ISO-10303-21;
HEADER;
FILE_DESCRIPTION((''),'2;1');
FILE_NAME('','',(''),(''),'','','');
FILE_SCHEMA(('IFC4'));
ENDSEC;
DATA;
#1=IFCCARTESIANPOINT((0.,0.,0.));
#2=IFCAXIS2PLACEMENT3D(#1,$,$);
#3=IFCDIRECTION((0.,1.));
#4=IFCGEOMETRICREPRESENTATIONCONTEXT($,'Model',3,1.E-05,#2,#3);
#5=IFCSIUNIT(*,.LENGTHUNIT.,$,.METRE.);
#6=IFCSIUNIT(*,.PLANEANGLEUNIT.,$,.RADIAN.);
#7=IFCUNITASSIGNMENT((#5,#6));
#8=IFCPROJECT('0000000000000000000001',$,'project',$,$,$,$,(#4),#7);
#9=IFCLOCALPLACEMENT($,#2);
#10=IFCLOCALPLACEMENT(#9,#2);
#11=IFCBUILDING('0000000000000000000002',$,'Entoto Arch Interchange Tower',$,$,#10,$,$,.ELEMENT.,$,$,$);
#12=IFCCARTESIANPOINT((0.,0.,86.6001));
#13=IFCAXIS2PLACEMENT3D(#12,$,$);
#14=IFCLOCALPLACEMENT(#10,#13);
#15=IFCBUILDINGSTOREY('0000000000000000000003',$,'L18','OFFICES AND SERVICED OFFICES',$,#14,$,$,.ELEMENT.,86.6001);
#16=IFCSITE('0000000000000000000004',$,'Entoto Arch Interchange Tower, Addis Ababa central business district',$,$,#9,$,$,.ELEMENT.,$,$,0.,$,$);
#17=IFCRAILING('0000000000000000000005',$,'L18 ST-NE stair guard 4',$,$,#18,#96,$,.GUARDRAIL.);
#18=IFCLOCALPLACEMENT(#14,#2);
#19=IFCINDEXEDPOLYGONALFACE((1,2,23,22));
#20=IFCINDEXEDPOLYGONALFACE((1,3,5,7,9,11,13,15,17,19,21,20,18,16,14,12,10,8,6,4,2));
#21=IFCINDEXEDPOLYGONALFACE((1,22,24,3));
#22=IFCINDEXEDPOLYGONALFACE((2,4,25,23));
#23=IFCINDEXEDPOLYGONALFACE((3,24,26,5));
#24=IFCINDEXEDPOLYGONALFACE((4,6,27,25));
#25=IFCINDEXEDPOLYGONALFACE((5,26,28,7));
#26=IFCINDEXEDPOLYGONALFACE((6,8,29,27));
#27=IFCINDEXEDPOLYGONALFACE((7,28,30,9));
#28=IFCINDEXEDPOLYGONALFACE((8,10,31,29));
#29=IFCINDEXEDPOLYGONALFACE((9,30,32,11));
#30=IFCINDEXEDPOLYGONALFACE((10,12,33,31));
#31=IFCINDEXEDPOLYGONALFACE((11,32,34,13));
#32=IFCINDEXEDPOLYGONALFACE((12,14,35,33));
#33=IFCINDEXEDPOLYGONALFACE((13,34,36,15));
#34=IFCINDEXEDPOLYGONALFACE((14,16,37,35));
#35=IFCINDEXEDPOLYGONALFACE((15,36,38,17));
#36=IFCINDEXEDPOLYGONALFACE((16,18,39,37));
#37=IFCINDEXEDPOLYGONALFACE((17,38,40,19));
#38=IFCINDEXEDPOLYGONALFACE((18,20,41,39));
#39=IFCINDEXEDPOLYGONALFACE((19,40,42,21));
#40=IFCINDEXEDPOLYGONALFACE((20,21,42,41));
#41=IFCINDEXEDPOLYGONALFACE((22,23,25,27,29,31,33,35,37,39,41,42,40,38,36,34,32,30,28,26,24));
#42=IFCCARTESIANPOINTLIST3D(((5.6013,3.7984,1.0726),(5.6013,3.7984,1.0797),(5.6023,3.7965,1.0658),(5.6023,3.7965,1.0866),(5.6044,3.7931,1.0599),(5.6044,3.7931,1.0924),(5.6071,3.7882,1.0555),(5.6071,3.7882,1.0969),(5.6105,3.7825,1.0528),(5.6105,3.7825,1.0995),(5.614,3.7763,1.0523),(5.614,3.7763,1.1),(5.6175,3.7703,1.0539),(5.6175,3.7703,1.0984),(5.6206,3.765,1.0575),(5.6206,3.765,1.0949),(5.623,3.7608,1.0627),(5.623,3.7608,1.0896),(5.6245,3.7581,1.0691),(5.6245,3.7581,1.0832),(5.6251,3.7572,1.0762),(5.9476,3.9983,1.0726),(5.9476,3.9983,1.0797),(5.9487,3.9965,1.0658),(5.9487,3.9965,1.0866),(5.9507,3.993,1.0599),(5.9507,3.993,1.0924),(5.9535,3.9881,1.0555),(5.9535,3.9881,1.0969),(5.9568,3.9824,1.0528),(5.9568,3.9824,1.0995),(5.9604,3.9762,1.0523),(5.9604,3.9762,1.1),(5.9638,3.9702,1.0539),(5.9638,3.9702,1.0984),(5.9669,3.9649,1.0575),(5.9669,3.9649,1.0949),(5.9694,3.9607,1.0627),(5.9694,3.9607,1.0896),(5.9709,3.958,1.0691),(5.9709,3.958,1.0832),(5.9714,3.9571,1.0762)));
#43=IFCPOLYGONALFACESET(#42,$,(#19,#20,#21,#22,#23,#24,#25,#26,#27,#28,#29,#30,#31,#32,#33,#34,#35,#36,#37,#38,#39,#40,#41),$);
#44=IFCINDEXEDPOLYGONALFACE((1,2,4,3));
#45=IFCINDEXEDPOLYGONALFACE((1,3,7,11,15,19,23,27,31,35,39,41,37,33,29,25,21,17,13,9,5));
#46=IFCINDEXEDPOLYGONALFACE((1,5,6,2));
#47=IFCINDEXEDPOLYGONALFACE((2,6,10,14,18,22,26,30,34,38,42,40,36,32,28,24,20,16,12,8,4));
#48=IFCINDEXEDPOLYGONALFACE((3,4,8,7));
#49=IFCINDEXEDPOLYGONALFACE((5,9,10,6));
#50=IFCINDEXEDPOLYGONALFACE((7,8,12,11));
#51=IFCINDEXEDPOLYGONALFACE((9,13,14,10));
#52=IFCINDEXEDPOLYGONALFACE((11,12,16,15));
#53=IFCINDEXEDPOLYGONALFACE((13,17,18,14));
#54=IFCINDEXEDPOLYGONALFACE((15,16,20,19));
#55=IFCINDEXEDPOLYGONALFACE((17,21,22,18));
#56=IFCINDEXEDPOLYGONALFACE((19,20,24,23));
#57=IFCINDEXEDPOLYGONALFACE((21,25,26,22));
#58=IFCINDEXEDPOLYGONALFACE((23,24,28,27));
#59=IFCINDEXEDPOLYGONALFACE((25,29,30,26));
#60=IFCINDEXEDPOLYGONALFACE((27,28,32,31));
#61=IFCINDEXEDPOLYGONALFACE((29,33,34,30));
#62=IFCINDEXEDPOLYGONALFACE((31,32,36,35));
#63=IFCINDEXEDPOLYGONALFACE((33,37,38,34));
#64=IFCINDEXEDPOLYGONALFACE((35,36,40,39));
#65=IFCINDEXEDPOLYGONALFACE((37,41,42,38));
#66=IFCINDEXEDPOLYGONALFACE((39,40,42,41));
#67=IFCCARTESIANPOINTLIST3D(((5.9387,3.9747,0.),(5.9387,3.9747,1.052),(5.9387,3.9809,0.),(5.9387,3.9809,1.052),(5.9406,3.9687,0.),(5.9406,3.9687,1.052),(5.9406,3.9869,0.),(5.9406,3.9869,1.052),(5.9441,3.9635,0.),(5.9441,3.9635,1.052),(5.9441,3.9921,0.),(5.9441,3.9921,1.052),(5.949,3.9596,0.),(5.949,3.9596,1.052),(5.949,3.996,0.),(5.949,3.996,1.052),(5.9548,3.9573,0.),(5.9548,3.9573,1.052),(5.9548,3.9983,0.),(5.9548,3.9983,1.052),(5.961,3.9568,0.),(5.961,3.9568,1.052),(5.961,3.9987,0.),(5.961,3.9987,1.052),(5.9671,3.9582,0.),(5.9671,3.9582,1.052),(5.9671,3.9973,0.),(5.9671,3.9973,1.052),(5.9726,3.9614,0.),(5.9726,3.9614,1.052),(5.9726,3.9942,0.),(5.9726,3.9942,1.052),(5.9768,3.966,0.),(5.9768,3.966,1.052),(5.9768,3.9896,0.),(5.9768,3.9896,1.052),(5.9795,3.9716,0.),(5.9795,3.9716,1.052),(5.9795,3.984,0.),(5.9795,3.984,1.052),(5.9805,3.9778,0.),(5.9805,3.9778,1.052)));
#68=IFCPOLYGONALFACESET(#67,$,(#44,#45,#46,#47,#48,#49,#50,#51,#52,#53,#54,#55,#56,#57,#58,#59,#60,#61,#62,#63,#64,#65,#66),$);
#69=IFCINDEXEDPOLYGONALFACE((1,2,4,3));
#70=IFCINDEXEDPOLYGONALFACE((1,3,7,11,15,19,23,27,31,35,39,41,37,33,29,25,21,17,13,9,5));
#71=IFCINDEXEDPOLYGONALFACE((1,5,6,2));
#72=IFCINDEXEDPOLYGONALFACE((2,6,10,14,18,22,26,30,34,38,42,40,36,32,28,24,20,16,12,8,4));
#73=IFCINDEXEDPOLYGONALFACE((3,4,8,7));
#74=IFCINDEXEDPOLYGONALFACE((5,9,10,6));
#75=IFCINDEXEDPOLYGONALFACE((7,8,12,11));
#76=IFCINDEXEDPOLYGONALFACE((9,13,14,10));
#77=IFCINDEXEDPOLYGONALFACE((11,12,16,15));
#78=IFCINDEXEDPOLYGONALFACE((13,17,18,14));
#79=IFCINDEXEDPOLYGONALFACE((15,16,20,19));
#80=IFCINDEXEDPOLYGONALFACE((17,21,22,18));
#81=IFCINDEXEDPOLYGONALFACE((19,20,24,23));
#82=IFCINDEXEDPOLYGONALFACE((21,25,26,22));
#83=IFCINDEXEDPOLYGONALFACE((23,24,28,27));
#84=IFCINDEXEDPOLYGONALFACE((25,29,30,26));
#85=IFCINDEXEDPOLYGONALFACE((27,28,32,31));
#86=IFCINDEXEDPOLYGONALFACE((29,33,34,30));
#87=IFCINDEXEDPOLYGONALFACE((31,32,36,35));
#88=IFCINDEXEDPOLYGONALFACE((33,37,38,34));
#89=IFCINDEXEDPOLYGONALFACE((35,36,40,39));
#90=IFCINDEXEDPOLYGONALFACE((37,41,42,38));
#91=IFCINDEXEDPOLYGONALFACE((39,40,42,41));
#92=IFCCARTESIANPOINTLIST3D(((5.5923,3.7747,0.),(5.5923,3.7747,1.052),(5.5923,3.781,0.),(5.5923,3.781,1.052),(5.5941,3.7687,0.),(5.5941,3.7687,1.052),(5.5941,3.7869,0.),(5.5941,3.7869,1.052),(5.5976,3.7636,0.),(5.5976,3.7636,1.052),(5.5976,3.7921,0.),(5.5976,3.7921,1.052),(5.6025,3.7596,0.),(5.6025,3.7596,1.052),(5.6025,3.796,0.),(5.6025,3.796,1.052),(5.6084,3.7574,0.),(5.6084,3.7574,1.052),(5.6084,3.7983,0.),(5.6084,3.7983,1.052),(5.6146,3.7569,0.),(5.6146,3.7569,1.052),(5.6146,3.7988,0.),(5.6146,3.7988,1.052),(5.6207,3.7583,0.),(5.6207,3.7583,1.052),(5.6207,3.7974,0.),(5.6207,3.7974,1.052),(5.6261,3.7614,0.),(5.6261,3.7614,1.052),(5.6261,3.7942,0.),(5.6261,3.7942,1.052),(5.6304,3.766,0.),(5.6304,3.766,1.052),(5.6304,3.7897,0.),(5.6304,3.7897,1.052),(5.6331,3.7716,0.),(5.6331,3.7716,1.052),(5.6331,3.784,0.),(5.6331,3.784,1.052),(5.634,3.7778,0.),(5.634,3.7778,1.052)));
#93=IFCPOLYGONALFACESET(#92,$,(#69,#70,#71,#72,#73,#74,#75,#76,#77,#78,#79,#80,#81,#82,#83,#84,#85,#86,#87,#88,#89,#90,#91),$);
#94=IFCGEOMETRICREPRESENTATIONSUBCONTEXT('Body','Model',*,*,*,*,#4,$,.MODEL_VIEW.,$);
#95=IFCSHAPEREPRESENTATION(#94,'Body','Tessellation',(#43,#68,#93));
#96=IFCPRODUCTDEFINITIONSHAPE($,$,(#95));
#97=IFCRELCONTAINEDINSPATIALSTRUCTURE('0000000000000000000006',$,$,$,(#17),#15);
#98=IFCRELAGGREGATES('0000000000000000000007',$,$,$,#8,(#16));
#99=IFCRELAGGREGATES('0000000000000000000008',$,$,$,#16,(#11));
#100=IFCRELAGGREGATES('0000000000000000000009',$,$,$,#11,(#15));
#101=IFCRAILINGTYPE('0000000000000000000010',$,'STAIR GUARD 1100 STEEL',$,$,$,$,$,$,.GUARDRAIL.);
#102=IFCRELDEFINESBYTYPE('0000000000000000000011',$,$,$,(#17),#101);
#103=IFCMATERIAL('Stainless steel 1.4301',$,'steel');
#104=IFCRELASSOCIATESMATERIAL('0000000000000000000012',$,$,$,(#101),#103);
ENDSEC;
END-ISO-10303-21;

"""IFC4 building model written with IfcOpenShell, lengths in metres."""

from ifc_helpers import new_model, si_unit, direction, frame, origin, origin_2d, place, context, subcontext, project, spatial, circle, extrude, material, type_object, element, save


model = new_model("IFC4")

# Units and contexts
model_context = context("Model", 3, precision=1e-05, world=origin(), true_north=direction((0.0, 1.0)))
body_context = subcontext(model_context, "Body", "Model", "MODEL_VIEW")
ifc_project = project(units=[si_unit("LENGTHUNIT", "METRE"), si_unit("PLANEANGLEUNIT", "RADIAN")], contexts=[model_context])

# Site, building, storey
site_placement = place(None, origin())
site = spatial("IfcSite", under=ifc_project, at=site_placement, Name="Entoto Arch Interchange Tower, Addis Ababa central business district", CompositionType="ELEMENT", RefElevation=0.0)
building_placement = place(site_placement, origin())
building = spatial("IfcBuilding", under=site, at=building_placement, Name="Entoto Arch Interchange Tower", CompositionType="ELEMENT")
storey_placement = place(building_placement, frame((0.0, 0.0, 86.6001)))
storey = spatial("IfcBuildingStorey", under=building, at=storey_placement, Name="L18", Description="OFFICES AND SERVICED OFFICES", CompositionType="ELEMENT", Elevation=86.6001)

# Railing
ifc_material_1 = material(Name="Stainless steel 1.4301", Category="steel")
railing_type_1 = type_object("IfcRailingType", Name="STAIR GUARD 1100 STEEL", PredefinedType="GUARDRAIL", material=ifc_material_1)
railing_1_placement = place(storey_placement, frame((5.9595, 3.9778, 0.0)))
element("IfcRailing", 1, at=railing_1_placement, inside=storey, type_object=railing_type_1, Name="L18 ST-NE stair guard 4", PredefinedType="GUARDRAIL", context=body_context, shape_type="SweptSolid", body=[
    extrude(circle(Radius=0.0239, at=origin_2d()), frame((0.0, 0.0, 1.0762), z_axis=(-0.866094, -0.499881, 0.0), x_axis=(0.499881, -0.866094, 0.0)), (0.0, 0.0, 1.0), 0.3999),
    extrude(circle(Radius=0.021, at=origin_2d()), origin(), (0.0, 0.0, 1.0), 1.052),
    extrude(circle(Radius=0.021, at=origin_2d()), frame((-0.3464, -0.2, 0.0)), (0.0, 0.0, 1.0), 1.052),
])

save(model, "model.ifc")
